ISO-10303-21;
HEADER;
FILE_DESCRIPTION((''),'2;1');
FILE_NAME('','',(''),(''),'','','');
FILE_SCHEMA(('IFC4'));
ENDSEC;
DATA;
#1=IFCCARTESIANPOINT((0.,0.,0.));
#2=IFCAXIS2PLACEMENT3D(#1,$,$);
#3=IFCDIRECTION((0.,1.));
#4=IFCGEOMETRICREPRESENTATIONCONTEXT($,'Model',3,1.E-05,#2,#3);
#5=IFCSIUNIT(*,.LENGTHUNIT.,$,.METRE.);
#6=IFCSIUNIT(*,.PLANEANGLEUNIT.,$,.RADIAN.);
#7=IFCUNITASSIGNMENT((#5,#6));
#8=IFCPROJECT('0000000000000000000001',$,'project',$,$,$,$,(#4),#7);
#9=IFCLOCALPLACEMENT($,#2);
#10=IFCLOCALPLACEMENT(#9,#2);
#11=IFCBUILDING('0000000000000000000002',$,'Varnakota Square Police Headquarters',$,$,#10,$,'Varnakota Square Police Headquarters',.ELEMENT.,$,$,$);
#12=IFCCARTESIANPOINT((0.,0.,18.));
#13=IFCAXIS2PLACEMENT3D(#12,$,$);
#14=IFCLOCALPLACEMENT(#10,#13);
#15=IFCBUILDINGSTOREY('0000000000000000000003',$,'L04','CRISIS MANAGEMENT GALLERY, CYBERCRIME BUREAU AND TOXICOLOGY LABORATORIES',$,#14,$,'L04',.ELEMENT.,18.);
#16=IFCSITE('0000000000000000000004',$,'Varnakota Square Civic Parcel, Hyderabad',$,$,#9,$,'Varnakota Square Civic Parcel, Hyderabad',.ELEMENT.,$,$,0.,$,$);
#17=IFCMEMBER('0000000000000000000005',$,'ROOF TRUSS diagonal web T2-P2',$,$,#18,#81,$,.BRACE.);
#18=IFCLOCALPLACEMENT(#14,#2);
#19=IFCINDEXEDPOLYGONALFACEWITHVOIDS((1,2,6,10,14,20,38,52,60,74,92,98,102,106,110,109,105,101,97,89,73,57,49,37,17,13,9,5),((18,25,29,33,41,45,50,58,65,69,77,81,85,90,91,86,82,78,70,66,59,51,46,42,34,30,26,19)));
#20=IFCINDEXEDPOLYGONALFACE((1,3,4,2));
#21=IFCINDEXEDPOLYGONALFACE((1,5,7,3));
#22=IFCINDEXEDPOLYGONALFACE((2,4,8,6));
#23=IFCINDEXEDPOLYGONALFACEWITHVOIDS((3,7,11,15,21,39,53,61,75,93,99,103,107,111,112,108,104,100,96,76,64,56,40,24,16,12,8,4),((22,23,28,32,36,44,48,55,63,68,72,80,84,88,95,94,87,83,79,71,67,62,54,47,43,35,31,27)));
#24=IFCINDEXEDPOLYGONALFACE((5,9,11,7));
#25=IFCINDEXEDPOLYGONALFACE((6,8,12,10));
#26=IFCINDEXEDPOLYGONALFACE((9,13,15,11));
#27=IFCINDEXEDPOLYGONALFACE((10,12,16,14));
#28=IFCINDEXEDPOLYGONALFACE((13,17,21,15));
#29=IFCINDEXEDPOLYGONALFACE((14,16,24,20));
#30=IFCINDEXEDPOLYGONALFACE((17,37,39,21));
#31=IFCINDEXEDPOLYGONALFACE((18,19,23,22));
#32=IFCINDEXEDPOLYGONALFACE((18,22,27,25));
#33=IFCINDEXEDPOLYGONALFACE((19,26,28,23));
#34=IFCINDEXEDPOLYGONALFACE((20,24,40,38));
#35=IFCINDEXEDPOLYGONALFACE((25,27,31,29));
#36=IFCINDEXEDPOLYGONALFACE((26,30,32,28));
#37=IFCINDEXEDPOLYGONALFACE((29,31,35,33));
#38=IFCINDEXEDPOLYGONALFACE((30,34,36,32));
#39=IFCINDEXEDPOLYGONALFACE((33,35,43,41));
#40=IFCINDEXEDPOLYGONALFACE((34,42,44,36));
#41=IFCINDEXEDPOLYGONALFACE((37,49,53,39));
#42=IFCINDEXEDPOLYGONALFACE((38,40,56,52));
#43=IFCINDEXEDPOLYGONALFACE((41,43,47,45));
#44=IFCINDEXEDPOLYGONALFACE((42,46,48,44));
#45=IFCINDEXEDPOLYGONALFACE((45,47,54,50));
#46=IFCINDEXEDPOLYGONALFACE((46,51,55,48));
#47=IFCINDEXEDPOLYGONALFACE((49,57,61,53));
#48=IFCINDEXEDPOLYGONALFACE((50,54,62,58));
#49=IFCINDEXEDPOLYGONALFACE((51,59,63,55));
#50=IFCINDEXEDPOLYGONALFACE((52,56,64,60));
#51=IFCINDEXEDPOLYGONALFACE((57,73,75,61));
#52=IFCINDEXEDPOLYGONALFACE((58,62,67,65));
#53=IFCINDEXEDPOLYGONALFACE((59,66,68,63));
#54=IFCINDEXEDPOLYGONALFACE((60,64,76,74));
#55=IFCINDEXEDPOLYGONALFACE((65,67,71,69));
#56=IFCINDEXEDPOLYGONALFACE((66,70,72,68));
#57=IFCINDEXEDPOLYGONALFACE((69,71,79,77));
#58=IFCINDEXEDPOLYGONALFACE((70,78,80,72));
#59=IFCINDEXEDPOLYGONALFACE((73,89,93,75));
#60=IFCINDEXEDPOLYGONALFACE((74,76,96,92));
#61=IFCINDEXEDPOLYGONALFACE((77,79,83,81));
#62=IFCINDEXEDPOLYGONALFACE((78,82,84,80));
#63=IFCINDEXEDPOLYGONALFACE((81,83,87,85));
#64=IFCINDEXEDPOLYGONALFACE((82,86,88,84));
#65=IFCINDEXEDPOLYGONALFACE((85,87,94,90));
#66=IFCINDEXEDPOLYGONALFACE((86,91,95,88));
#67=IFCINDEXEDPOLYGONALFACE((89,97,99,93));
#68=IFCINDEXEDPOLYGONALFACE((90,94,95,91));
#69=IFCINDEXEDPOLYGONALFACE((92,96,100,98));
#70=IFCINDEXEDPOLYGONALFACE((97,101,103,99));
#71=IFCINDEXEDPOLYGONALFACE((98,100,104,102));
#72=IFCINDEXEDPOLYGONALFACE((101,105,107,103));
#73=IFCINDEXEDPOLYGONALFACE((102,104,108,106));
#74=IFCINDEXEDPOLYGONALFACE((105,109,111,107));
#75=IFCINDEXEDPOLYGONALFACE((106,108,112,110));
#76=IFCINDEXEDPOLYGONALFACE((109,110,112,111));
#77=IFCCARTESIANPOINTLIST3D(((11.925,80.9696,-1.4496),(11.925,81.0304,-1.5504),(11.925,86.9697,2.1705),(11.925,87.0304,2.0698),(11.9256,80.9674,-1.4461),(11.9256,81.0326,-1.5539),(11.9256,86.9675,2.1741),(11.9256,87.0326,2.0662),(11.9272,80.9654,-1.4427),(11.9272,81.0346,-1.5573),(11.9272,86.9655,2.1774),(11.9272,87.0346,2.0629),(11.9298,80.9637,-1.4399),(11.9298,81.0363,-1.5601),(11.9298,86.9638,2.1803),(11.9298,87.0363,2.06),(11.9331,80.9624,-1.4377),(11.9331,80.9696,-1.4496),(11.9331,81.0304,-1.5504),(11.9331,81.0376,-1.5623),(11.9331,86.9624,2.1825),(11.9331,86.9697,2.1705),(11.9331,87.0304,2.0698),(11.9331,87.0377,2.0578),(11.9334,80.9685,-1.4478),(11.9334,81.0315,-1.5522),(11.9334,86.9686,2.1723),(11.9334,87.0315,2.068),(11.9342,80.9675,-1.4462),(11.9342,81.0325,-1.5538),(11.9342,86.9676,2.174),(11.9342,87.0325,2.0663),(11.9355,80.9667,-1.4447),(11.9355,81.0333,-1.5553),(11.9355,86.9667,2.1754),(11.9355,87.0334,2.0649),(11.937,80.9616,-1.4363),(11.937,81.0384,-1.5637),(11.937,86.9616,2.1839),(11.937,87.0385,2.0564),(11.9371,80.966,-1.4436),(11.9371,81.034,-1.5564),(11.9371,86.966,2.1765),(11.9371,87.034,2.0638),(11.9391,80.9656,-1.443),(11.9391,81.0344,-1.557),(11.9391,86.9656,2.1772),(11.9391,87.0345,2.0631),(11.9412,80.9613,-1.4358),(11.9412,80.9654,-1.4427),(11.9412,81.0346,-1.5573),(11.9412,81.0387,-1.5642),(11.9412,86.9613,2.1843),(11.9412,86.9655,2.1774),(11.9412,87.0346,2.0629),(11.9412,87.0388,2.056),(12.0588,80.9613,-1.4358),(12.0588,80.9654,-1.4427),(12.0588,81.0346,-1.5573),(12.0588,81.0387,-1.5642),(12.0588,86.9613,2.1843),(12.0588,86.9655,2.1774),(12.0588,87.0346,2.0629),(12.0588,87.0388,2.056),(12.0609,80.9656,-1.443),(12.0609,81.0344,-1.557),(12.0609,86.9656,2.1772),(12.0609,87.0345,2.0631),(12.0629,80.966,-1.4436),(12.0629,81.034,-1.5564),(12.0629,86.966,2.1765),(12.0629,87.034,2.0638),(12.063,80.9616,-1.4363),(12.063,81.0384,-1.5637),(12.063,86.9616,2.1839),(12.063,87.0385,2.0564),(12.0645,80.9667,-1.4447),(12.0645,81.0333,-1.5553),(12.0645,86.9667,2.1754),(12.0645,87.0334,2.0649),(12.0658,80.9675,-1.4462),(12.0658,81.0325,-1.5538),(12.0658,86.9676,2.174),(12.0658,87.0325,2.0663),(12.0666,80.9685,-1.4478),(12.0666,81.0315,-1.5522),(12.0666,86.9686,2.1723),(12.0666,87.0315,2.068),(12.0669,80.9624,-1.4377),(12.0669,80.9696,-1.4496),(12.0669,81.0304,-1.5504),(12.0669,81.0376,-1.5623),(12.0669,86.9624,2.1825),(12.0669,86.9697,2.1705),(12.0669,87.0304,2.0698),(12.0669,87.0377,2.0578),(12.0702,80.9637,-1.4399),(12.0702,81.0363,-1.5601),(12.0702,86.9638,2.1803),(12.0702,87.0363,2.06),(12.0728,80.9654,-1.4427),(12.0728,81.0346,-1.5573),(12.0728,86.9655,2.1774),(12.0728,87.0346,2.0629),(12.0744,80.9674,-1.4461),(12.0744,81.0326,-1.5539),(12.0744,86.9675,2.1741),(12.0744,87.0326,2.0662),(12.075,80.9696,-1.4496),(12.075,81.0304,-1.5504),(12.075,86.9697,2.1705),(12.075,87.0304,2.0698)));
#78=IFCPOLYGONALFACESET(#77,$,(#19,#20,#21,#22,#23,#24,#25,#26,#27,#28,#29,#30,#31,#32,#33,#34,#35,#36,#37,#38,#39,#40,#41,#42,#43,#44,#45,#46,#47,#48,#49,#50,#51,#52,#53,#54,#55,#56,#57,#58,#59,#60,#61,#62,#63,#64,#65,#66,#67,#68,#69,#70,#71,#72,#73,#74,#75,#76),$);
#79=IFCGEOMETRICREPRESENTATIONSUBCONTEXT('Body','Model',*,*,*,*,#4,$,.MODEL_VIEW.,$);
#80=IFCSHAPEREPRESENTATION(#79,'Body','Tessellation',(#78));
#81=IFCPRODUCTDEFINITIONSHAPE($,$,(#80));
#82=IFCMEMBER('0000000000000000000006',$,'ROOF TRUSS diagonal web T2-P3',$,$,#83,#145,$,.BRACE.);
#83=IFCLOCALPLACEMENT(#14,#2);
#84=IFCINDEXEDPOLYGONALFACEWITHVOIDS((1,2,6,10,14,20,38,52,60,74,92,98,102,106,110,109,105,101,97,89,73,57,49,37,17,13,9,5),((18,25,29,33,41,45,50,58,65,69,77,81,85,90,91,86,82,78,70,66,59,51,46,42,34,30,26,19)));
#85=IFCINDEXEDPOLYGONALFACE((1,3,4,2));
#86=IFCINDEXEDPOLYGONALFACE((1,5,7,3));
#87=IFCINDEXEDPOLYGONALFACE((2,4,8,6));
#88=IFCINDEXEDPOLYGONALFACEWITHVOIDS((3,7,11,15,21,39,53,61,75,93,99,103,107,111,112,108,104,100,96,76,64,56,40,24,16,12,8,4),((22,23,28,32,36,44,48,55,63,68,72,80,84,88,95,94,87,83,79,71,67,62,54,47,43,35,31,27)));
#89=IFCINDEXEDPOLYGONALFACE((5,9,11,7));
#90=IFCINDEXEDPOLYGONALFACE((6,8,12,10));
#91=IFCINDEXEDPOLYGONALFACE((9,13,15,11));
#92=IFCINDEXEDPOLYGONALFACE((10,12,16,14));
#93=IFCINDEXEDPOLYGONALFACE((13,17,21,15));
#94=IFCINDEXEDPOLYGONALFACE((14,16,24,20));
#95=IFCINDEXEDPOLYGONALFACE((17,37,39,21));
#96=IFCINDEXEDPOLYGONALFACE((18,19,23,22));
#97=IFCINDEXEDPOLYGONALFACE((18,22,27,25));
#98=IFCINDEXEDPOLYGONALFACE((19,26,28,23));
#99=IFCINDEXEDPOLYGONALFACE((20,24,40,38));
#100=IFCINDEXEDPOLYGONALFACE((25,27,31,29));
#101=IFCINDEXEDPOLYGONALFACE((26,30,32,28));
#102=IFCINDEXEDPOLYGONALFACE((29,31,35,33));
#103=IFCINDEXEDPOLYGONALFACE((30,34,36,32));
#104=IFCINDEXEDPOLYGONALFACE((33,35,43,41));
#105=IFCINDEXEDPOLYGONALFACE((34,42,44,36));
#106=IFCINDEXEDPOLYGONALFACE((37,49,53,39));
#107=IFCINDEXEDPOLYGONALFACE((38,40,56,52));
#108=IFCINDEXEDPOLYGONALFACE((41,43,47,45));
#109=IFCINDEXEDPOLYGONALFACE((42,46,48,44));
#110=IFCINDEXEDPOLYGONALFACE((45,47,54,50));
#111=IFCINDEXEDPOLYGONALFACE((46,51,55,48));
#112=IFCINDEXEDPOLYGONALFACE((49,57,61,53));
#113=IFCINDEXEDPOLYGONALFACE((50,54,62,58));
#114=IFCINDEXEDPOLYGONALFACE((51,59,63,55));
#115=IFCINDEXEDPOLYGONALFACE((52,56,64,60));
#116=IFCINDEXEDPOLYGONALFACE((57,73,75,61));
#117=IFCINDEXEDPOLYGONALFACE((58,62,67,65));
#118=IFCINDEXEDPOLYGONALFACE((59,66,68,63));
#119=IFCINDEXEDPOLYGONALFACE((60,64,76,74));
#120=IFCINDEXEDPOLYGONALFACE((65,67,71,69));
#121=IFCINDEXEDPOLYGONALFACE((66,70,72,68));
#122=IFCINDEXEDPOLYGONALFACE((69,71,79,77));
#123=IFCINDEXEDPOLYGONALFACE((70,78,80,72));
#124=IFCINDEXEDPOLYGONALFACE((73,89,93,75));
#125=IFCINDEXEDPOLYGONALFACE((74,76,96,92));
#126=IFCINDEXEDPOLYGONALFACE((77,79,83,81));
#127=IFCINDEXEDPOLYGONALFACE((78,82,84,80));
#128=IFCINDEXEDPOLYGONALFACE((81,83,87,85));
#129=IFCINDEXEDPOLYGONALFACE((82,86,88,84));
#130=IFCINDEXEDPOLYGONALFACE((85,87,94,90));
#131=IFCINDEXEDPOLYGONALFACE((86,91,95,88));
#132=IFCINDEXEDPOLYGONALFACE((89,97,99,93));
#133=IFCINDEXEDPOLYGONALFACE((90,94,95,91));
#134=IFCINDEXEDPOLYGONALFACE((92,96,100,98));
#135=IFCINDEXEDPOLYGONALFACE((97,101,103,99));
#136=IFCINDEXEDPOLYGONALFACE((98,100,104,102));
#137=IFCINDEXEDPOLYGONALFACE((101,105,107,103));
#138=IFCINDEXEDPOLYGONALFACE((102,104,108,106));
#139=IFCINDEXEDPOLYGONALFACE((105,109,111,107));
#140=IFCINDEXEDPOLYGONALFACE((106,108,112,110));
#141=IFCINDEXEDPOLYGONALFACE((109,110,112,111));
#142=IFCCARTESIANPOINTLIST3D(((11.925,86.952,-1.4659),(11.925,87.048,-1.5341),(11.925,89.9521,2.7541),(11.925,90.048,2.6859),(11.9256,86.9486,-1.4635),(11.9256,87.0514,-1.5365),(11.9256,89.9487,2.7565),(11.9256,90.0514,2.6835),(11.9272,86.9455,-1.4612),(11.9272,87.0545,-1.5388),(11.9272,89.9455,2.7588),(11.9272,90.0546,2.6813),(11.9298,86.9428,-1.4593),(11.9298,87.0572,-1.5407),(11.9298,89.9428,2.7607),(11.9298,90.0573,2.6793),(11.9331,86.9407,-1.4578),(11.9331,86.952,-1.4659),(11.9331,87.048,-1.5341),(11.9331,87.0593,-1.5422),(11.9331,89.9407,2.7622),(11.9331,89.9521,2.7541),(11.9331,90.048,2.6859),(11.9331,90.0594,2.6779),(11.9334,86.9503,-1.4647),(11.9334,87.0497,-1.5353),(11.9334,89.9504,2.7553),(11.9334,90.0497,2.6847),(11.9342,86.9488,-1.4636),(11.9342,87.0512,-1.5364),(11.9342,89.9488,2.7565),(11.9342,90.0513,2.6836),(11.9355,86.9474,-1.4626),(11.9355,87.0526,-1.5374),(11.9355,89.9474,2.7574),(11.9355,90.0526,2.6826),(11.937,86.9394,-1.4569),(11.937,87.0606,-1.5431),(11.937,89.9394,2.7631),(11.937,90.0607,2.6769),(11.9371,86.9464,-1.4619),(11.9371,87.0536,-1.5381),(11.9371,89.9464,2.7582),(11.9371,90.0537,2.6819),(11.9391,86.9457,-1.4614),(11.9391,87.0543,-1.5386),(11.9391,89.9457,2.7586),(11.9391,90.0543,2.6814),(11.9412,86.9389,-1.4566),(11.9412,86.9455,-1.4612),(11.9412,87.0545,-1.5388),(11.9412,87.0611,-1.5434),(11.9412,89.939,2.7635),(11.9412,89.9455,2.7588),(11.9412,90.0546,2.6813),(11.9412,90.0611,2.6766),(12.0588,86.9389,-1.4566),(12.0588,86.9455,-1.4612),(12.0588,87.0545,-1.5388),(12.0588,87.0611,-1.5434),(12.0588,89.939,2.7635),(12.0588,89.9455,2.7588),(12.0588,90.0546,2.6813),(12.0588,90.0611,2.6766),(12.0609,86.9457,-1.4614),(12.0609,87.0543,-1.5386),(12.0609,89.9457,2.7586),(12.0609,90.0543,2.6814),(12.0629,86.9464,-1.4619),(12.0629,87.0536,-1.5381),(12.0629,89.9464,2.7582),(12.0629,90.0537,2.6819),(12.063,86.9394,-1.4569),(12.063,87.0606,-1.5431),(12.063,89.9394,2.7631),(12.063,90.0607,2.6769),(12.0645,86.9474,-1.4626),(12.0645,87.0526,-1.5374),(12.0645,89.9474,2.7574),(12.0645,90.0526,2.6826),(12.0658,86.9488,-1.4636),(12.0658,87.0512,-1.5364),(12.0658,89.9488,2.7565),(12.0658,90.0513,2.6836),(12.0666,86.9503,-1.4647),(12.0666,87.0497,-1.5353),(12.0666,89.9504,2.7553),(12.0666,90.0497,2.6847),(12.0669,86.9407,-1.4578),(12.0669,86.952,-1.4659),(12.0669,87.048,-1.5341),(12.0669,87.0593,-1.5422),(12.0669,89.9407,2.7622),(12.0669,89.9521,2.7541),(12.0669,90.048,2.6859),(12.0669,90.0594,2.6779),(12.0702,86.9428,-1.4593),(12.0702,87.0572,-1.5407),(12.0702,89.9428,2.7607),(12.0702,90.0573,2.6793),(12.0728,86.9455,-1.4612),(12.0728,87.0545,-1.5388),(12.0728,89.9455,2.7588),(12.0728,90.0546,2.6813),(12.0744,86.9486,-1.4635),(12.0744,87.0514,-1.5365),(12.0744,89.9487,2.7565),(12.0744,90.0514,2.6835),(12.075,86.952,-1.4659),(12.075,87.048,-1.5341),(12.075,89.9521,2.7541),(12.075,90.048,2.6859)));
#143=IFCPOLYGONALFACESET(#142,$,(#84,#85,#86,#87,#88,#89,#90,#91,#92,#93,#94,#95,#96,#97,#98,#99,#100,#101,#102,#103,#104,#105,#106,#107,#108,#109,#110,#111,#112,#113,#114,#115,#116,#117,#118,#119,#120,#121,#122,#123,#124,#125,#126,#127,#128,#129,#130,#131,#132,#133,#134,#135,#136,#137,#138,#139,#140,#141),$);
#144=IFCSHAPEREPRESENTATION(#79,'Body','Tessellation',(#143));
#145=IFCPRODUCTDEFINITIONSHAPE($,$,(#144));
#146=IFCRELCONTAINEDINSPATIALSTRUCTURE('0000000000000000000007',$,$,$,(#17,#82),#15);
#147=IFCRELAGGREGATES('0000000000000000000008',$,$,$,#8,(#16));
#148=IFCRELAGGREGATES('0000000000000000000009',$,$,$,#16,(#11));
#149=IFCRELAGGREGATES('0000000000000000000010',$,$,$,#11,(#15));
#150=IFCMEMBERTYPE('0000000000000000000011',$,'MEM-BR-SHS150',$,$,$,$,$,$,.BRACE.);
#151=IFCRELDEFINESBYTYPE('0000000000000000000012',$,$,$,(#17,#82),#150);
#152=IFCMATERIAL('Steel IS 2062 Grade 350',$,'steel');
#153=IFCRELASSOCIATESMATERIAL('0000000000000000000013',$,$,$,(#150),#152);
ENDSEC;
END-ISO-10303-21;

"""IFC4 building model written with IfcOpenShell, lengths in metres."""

from ifc_helpers import new_model, si_unit, direction, frame, origin, origin_2d, place, context, subcontext, project, spatial, hollow_rectangle, extrude, material, material_profile, profile_set, type_object, element, save


model = new_model("IFC4")

# Units and contexts
model_context = context("Model", 3, precision=1e-05, world=origin(), true_north=direction((0.0, 1.0)))
body_context = subcontext(model_context, "Body", "Model", "MODEL_VIEW")
ifc_project = project(units=[si_unit("LENGTHUNIT", "METRE"), si_unit("PLANEANGLEUNIT", "RADIAN")], contexts=[model_context])

# Site, building, storey
site_placement = place(None, origin())
site = spatial("IfcSite", under=ifc_project, at=site_placement, Name="Varnakota Square Civic Parcel, Hyderabad", LongName="Varnakota Square Civic Parcel, Hyderabad", CompositionType="ELEMENT", RefElevation=0.0)
building_placement = place(site_placement, origin())
building = spatial("IfcBuilding", under=site, at=building_placement, Name="Varnakota Square Police Headquarters", LongName="Varnakota Square Police Headquarters", CompositionType="ELEMENT")
storey_placement = place(building_placement, frame((0.0, 0.0, 18.0)))
storey = spatial("IfcBuildingStorey", under=building, at=storey_placement, Name="L04", Description="CRISIS MANAGEMENT GALLERY, CYBERCRIME BUREAU AND TOXICOLOGY LABORATORIES", LongName="L04", CompositionType="ELEMENT", Elevation=18.0)

# Shared definitions
ifc_material_1 = material(Name="Steel IS 2062 Grade 350", Category="steel")

# Members
ifc_material_profile_1 = material_profile(ifc_material_1, hollow_rectangle(XDim=0.1499, YDim=0.1499, WallThickness=0.0081, InnerFilletRadius=0.0081, OuterFilletRadius=0.0161, at=origin_2d()), Name="SHS 150x150x8")
ifc_profile_set_1 = profile_set([ifc_material_profile_1], Name="Steel IS 2062 Grade 350")
member_type_1 = type_object("IfcMemberType", Name="MEM-BR-SHS150", PredefinedType="BRACE", material=ifc_profile_set_1)
member_1_placement = place(storey_placement, frame((12.0, 81.0, -1.5), z_axis=(0.0, 0.856224, 0.516605), x_axis=(-1.0, 0.0, 0.0)))
element("IfcMember", 1, at=member_1_placement, inside=storey, type_object=member_type_1, Name="ROOF TRUSS diagonal web T2-P2", PredefinedType="BRACE", context=body_context, shape_type="SweptSolid", body=[
    extrude(hollow_rectangle(XDim=0.1499, YDim=0.1499, WallThickness=0.0081, InnerFilletRadius=0.0081, OuterFilletRadius=0.0161, at=origin_2d()), origin(), (0.0, 0.0, 1.0), 7.0076),
])
for number, where, z_axis, x_axis, name in (
    (2, (12.0, 87.0, -1.5), (0.0, 0.579412, 0.815034), (-1.0, 0.0, 0.0), "ROOF TRUSS diagonal web T2-P3"),
):
    element("IfcMember", number, at=place(storey_placement, frame(where, z_axis=z_axis, x_axis=x_axis)), inside=storey, type_object=member_type_1, Name=name, PredefinedType="BRACE", context=body_context, shape_type="SweptSolid", body=[
        extrude(hollow_rectangle(XDim=0.1499, YDim=0.1499, WallThickness=0.0081, InnerFilletRadius=0.0081, OuterFilletRadius=0.0161, at=origin_2d()), origin(), (0.0, 0.0, 1.0), 5.1777),
    ])

save(model, "model.ifc")
